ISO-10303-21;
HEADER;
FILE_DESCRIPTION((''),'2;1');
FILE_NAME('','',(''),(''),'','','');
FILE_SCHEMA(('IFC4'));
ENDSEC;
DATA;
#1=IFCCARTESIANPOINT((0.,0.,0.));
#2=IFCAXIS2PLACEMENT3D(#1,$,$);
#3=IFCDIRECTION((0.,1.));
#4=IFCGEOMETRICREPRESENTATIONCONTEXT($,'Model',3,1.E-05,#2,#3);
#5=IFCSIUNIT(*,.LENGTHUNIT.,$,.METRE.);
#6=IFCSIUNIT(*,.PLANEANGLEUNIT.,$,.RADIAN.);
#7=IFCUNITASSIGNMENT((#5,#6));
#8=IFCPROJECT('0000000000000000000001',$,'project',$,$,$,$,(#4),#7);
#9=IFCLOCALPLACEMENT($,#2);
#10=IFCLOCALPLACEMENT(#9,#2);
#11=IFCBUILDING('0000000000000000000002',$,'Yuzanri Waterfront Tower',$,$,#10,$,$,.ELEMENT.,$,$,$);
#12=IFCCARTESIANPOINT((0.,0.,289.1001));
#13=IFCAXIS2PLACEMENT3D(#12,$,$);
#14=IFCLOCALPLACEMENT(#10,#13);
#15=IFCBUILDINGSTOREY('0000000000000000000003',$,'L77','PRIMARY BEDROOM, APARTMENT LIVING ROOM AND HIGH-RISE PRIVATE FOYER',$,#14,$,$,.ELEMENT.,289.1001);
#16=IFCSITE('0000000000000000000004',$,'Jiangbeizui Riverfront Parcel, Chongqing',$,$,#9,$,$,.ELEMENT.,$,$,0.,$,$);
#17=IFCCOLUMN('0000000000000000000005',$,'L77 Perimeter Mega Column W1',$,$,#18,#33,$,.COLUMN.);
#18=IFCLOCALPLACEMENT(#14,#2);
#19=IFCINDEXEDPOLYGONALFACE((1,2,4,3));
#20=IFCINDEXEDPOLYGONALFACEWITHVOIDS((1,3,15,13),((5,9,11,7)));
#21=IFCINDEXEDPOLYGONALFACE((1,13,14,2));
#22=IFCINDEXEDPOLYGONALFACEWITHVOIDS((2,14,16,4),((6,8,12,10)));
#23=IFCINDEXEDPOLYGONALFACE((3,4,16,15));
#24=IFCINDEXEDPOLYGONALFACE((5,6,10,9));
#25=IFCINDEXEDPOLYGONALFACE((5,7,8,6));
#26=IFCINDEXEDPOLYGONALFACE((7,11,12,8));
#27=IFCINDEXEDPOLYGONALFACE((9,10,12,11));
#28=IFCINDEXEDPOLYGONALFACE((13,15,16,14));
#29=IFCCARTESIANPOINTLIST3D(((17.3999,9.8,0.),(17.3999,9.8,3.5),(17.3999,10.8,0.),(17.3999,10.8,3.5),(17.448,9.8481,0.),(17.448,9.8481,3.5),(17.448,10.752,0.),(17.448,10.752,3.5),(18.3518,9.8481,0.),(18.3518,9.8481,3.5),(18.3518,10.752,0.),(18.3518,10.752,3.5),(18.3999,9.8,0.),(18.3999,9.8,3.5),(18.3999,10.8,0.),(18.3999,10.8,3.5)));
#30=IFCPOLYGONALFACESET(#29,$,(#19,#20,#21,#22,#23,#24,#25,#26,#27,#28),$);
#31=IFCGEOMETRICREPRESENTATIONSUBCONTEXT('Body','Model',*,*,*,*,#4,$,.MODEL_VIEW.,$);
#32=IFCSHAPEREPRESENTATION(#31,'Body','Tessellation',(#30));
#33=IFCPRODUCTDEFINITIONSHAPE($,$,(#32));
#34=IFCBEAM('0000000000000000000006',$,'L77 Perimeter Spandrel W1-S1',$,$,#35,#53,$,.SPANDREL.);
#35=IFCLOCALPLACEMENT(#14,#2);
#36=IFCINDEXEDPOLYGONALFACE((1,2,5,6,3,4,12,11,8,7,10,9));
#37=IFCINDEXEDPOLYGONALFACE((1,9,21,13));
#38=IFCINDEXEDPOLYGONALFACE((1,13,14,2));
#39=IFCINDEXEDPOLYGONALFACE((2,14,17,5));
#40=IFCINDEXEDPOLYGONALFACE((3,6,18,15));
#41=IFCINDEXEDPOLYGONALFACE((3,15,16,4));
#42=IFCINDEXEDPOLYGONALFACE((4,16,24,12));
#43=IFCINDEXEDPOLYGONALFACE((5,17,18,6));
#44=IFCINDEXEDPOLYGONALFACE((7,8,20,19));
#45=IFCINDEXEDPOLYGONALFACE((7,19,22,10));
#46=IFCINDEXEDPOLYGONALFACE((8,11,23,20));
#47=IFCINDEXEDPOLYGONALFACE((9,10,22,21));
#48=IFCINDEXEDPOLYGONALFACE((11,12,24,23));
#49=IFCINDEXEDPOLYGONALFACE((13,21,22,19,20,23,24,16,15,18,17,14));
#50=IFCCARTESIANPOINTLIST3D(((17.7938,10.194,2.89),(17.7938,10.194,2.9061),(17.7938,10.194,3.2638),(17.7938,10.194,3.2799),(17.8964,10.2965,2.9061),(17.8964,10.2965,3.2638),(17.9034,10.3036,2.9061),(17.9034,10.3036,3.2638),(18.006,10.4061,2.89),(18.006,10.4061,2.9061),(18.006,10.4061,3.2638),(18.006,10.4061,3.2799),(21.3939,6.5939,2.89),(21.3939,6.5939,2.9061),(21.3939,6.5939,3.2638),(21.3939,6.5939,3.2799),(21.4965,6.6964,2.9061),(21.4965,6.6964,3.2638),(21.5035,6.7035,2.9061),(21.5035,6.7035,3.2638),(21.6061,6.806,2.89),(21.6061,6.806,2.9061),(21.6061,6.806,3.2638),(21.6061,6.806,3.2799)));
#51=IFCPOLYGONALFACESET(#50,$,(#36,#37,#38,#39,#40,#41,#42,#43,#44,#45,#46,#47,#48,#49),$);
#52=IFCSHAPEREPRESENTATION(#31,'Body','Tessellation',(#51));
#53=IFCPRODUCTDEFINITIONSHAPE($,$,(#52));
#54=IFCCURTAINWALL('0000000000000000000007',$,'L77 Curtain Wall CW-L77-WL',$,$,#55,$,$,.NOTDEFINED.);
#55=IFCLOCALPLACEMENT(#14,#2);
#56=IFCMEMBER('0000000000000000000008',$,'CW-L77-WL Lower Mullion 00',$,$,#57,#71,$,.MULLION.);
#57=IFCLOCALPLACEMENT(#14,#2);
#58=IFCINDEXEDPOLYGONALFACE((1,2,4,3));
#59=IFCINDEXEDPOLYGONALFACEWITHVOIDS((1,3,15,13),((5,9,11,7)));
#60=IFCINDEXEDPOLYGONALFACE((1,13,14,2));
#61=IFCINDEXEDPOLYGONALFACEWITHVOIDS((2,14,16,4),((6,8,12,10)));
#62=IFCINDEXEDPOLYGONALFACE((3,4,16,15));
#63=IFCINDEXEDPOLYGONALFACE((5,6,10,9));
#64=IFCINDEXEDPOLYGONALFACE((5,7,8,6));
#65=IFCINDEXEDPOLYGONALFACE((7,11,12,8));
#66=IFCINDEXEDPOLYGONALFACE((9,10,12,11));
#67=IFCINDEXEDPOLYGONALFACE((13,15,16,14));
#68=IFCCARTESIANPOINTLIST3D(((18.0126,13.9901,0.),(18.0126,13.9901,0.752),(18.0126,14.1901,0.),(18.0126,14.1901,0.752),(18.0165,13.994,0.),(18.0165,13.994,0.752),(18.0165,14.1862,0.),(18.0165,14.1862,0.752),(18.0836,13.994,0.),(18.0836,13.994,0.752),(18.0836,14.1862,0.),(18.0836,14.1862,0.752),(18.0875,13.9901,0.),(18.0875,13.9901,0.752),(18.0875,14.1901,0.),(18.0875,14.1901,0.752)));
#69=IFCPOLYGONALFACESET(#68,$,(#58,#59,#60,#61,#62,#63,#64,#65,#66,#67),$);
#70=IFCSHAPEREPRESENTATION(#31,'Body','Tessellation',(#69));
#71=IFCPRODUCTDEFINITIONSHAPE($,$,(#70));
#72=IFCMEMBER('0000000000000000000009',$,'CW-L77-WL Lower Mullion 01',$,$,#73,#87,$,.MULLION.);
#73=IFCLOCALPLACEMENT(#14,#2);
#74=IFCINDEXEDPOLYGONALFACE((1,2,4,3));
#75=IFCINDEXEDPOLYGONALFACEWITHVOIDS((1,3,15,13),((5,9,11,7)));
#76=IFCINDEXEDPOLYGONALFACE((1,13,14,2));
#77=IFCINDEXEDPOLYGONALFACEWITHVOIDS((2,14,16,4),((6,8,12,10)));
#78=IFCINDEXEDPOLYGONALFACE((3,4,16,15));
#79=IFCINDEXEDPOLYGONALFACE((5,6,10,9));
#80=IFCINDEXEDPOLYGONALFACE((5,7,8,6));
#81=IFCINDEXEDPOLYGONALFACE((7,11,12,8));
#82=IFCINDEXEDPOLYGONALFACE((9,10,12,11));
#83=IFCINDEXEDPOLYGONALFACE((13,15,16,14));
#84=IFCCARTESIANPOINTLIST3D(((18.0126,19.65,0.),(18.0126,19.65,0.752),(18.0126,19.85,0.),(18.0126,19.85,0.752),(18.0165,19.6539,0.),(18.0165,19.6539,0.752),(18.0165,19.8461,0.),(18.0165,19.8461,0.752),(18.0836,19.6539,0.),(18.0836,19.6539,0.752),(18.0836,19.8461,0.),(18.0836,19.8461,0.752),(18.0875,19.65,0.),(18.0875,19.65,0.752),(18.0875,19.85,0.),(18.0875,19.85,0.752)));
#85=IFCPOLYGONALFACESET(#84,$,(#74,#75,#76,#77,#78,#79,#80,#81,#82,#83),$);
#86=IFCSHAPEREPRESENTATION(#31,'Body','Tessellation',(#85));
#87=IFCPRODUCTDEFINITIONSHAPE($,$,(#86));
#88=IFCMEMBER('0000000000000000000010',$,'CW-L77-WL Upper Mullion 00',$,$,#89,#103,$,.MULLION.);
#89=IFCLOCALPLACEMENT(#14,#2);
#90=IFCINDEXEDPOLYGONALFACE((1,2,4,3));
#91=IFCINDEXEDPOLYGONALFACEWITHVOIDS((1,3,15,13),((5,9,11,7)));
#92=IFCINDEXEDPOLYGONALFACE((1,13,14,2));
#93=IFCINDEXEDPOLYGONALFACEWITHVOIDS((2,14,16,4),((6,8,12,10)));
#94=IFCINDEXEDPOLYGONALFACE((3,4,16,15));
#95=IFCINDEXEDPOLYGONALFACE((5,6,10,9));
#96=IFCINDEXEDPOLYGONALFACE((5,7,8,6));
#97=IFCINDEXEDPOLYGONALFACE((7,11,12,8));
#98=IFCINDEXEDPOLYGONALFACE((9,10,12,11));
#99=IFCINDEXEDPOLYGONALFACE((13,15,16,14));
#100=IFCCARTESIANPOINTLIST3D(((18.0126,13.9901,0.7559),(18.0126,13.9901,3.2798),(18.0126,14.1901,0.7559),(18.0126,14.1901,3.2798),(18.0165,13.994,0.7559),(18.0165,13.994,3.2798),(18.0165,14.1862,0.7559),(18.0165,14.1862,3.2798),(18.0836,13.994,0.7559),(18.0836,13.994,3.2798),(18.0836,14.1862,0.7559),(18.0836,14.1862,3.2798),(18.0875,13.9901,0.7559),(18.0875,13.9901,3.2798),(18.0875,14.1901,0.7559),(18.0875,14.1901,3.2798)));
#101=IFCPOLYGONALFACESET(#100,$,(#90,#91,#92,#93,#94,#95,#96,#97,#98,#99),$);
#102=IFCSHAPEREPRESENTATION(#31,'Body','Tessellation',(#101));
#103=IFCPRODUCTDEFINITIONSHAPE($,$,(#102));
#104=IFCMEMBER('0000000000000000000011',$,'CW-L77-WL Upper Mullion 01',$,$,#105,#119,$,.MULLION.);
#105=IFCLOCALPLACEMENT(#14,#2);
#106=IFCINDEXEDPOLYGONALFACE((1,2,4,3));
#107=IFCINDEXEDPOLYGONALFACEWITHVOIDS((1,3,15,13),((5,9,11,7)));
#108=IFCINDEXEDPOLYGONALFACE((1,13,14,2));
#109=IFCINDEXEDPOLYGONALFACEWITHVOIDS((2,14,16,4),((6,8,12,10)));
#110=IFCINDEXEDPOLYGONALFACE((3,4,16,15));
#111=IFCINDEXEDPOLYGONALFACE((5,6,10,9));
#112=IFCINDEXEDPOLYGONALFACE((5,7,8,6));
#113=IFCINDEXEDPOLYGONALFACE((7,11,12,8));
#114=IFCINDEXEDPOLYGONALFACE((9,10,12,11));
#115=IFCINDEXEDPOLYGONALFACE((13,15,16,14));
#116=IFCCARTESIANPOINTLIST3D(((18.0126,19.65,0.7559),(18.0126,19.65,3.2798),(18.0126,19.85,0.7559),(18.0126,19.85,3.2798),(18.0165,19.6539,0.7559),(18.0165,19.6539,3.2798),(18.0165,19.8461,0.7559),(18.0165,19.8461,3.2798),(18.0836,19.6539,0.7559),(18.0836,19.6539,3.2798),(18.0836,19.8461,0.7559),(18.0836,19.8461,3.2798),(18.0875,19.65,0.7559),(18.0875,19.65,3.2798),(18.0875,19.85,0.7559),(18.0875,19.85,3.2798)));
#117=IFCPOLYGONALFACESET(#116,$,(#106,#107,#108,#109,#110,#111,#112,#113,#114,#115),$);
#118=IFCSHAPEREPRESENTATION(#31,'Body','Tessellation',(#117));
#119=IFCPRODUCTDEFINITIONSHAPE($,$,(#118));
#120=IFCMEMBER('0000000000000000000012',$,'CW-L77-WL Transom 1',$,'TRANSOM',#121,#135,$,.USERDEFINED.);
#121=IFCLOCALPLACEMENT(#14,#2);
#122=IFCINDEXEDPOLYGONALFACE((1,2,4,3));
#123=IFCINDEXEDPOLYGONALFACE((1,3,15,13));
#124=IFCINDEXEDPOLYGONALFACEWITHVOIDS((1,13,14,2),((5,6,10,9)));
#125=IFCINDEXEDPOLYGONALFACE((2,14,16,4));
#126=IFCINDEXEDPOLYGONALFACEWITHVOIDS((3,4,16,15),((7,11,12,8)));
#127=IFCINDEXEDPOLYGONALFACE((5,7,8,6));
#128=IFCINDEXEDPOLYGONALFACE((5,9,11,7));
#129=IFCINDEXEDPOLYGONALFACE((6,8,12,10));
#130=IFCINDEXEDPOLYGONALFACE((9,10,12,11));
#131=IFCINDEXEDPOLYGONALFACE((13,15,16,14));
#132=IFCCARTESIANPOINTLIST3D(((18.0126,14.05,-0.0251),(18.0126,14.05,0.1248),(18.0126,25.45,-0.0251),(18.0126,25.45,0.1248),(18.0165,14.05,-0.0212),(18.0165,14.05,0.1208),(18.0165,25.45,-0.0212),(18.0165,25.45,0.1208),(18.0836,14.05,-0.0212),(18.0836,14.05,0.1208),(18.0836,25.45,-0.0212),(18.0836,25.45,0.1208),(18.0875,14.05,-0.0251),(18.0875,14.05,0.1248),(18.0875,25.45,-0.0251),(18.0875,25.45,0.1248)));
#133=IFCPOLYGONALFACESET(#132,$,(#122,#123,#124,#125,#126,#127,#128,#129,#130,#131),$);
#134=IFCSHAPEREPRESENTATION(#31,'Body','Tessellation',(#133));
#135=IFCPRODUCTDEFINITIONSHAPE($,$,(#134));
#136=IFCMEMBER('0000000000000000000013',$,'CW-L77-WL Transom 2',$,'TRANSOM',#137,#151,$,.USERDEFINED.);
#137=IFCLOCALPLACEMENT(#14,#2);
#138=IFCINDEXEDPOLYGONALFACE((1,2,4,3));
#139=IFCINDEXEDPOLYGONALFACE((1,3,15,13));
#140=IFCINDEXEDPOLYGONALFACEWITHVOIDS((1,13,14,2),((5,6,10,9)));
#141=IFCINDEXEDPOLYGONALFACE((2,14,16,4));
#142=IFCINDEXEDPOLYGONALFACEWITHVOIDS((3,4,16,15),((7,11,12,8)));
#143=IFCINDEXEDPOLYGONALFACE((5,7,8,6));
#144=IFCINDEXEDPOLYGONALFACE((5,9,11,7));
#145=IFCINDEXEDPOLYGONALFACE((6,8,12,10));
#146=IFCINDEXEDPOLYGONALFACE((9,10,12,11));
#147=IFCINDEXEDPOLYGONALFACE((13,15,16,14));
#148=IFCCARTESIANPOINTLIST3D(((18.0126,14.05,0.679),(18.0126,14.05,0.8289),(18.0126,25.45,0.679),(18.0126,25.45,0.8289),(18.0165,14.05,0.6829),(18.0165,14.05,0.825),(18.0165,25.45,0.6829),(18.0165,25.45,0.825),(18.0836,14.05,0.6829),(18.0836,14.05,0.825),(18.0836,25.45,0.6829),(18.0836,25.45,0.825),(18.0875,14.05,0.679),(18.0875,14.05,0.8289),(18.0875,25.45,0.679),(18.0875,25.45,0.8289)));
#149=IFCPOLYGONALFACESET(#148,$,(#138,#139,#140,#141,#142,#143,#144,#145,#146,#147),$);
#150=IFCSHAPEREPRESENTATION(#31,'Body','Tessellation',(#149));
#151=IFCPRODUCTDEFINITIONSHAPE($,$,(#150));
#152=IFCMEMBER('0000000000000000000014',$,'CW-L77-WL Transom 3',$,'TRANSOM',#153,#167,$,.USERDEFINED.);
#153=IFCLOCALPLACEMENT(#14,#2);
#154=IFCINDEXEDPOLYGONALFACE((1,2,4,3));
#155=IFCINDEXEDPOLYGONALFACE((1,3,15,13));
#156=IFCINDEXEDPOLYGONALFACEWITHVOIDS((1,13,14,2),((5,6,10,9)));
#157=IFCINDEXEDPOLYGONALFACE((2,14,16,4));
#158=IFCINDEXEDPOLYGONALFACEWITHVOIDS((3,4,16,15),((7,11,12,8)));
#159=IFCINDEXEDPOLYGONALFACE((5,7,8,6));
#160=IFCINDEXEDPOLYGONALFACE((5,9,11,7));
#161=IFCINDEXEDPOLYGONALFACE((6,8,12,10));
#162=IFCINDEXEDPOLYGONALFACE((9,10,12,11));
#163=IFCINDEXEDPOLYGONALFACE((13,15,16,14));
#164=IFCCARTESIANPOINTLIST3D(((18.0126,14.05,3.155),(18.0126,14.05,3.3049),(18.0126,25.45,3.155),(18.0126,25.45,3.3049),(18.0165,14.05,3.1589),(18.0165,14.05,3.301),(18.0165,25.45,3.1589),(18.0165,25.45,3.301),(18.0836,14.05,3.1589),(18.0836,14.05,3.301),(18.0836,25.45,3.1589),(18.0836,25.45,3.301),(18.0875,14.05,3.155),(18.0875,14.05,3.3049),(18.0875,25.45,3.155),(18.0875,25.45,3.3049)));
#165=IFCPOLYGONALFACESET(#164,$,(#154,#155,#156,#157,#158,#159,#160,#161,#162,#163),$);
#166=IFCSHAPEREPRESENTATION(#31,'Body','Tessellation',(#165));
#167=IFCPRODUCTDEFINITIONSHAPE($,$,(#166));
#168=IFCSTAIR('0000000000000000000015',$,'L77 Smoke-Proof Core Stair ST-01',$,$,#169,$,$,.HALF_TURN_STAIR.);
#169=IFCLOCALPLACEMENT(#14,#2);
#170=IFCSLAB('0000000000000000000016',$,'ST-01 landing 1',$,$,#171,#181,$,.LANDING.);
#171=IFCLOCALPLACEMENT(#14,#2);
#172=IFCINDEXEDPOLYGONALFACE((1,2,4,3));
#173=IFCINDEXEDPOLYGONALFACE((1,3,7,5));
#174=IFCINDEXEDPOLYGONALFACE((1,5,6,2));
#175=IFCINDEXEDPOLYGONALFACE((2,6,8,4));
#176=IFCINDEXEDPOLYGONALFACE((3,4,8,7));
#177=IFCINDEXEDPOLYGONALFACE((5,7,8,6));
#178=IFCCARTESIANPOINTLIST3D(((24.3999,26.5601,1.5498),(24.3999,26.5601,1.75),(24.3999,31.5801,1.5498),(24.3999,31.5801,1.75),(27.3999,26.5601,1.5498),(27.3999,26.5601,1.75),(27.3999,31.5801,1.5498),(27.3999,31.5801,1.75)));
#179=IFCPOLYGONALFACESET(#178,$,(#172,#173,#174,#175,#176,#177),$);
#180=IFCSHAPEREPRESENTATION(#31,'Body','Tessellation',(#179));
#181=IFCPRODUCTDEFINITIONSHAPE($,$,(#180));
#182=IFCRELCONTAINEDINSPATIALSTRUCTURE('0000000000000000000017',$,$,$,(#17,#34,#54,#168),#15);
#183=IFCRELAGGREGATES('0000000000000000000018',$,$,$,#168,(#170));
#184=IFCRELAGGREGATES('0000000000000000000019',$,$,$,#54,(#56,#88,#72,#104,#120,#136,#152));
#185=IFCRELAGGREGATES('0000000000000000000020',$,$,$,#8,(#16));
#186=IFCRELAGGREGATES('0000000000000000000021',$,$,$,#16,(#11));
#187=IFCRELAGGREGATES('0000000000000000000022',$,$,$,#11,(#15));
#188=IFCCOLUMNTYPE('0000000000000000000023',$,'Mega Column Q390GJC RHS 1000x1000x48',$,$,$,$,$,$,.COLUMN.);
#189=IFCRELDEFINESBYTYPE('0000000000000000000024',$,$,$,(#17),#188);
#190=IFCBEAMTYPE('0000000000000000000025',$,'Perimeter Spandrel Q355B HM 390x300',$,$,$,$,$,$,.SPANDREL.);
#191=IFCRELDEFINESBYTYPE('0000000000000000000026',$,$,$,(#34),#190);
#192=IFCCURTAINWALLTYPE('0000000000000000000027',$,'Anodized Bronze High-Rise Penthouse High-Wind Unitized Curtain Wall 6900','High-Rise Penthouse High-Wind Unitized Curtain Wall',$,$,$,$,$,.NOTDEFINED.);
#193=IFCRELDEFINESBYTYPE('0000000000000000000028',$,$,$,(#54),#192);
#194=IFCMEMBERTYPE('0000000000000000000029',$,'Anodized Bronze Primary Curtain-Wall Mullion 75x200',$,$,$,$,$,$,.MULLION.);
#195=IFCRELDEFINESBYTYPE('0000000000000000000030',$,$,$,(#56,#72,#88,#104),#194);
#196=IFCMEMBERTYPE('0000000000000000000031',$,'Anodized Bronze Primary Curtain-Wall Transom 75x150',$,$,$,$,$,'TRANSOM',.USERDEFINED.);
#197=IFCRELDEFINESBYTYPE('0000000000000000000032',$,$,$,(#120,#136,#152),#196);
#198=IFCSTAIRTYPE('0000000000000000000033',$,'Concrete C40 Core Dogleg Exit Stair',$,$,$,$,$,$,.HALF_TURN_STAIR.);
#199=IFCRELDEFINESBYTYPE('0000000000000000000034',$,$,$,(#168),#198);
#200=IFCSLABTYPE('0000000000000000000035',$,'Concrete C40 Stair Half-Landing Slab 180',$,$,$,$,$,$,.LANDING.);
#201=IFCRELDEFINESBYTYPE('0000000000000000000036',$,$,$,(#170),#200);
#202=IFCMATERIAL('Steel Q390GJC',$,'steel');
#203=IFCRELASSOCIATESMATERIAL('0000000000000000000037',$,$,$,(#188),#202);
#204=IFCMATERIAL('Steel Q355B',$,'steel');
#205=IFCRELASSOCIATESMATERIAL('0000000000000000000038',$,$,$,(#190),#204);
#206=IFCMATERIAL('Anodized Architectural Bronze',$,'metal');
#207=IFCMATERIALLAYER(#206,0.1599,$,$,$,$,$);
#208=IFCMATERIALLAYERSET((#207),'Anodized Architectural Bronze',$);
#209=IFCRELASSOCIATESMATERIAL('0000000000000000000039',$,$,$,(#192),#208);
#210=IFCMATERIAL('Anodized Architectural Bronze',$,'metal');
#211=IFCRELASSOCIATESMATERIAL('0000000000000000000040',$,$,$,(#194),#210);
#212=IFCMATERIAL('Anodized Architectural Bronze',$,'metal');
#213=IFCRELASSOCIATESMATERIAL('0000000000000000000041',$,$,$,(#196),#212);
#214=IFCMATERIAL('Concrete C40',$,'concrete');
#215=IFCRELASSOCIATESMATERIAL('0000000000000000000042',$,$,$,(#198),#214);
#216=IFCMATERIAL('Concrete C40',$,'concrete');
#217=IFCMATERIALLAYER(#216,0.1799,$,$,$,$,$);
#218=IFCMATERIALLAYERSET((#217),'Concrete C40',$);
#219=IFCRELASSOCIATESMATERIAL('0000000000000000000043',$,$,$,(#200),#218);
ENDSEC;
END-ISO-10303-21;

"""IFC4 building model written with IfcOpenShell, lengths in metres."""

from ifc_helpers import new_model, si_unit, direction, frame, origin, origin_2d, place, context, subcontext, project, spatial, polyline, hollow_rectangle, i_section, outline, extrude, source, transform, mapped, material, layer, layer_set, material_profile, profile_set, type_object, element, aggregate, save


model = new_model("IFC4")

# Units and contexts
model_context = context("Model", 3, precision=1e-05, world=origin(), true_north=direction((0.0, 1.0)))
body_context = subcontext(model_context, "Body", "Model", "MODEL_VIEW")
ifc_project = project(units=[si_unit("LENGTHUNIT", "METRE"), si_unit("PLANEANGLEUNIT", "RADIAN")], contexts=[model_context])

# Site, building, storey
site_placement = place(None, origin())
site = spatial("IfcSite", under=ifc_project, at=site_placement, Name="Jiangbeizui Riverfront Parcel, Chongqing", CompositionType="ELEMENT", RefElevation=0.0)
building_placement = place(site_placement, origin())
building = spatial("IfcBuilding", under=site, at=building_placement, Name="Yuzanri Waterfront Tower", CompositionType="ELEMENT")
storey_placement = place(building_placement, frame((0.0, 0.0, 289.1001)))
storey = spatial("IfcBuildingStorey", under=building, at=storey_placement, Name="L77", Description="PRIMARY BEDROOM, APARTMENT LIVING ROOM AND HIGH-RISE PRIVATE FOYER", CompositionType="ELEMENT", Elevation=289.1001)

# Column
ifc_material_1 = material(Name="Steel Q390GJC", Category="steel")
ifc_material_profile_1 = material_profile(ifc_material_1, hollow_rectangle(XDim=1.0, YDim=1.0, WallThickness=0.0481, at=origin_2d()), Name="RHS 1000x1000x48")
ifc_profile_set_1 = profile_set([ifc_material_profile_1], Name="Steel Q390GJC")
column_type = type_object("IfcColumnType", Name="Mega Column Q390GJC RHS 1000x1000x48", PredefinedType="COLUMN", material=ifc_profile_set_1)
shared_shape_1 = source(origin(), body_context, "Body", "SweptSolid", [
    extrude(hollow_rectangle(XDim=1.0, YDim=1.0, WallThickness=0.0481, at=origin_2d()), origin(), (0.0, 0.0, 1.0), 3.5),
])
column_placement = place(storey_placement, frame((17.8999, 10.3, 0.0), z_axis=(0.0, 0.0, 1.0), x_axis=(1.0, 0.0, 0.0)))
element("IfcColumn", 1, at=column_placement, inside=storey, type_object=column_type, Name="L77 Perimeter Mega Column W1", PredefinedType="COLUMN", context=body_context, shape_type="MappedRepresentation", body=[
    mapped(shared_shape_1, transform((0.0, 0.0, 0.0), scale=1.0)),
])

# Beam
ifc_material_2 = material(Name="Steel Q355B", Category="steel")
ifc_material_profile_2 = material_profile(ifc_material_2, i_section(OverallWidth=0.3, OverallDepth=0.3899, WebThickness=0.01, FlangeThickness=0.0161, at=origin_2d()), Name="HM 390x300x10x16")
ifc_profile_set_2 = profile_set([ifc_material_profile_2], Name="Steel Q355B")
beam_type = type_object("IfcBeamType", Name="Perimeter Spandrel Q355B HM 390x300", PredefinedType="SPANDREL", material=ifc_profile_set_2)
shared_shape_2 = source(origin(), body_context, "Body", "SweptSolid", [
    extrude(i_section(OverallWidth=0.3, OverallDepth=0.3899, WebThickness=0.01, FlangeThickness=0.0161, at=origin_2d()), origin(), (0.0, 0.0, 1.0), 5.0913),
])
beam_placement = place(storey_placement, frame((17.8999, 10.3, 3.085), z_axis=(0.707107, -0.707107, 0.0), x_axis=(0.707107, 0.707107, 0.0)))
element("IfcBeam", 2, at=beam_placement, inside=storey, type_object=beam_type, Name="L77 Perimeter Spandrel W1-S1", PredefinedType="SPANDREL", context=body_context, shape_type="MappedRepresentation", body=[
    mapped(shared_shape_2, transform((0.0, 0.0, 0.0), scale=1.0)),
])

# Curtain wall, members
ifc_material_3 = material(Name="Anodized Architectural Bronze", Category="metal")
ifc_layer_1 = layer(ifc_material_3, 0.1599)
ifc_layer_set_1 = layer_set([ifc_layer_1], Name="Anodized Architectural Bronze")
curtain_wall_type = type_object("IfcCurtainWallType", Name="Anodized Bronze High-Rise Penthouse High-Wind Unitized Curtain Wall 6900", Description="High-Rise Penthouse High-Wind Unitized Curtain Wall", PredefinedType="NOTDEFINED", material=ifc_layer_set_1)
curtain_wall_placement = place(storey_placement, origin())
curtain_wall = element("IfcCurtainWall", 3, at=curtain_wall_placement, inside=storey, type_object=curtain_wall_type, Name="L77 Curtain Wall CW-L77-WL", PredefinedType="NOTDEFINED")
ifc_material_4 = material(Name="Anodized Architectural Bronze", Category="metal")
ifc_material_profile_3 = material_profile(ifc_material_4, hollow_rectangle(XDim=0.075, YDim=0.2, WallThickness=0.0039, at=origin_2d()), Name="CWM 75x200")
ifc_profile_set_3 = profile_set([ifc_material_profile_3], Name="Anodized Architectural Bronze")
member_type_1 = type_object("IfcMemberType", Name="Anodized Bronze Primary Curtain-Wall Mullion 75x200", PredefinedType="MULLION", material=ifc_profile_set_3)
shared_shape_3 = source(origin(), body_context, "Body", "SweptSolid", [
    extrude(hollow_rectangle(XDim=0.075, YDim=0.2, WallThickness=0.0039, at=origin_2d()), origin(), (0.0, 0.0, 1.0), 0.752),
])
member_1_placement = place(storey_placement, frame((18.05, 14.0901, 0.0), z_axis=(0.0, 0.0, 1.0), x_axis=(1.0, 0.0, 0.0)))
member_1 = element("IfcMember", 4, at=member_1_placement, type_object=member_type_1, Name="CW-L77-WL Lower Mullion 00", PredefinedType="MULLION", context=body_context, shape_type="MappedRepresentation", body=[
    mapped(shared_shape_3, transform((0.0, 0.0, 0.0), scale=1.0)),
])
member_2_placement = place(storey_placement, frame((18.05, 19.75, 0.0), z_axis=(0.0, 0.0, 1.0), x_axis=(1.0, 0.0, 0.0)))
member_2 = element("IfcMember", 5, at=member_2_placement, type_object=member_type_1, Name="CW-L77-WL Lower Mullion 01", PredefinedType="MULLION", context=body_context, shape_type="MappedRepresentation", body=[
    mapped(shared_shape_3, transform((0.0, 0.0, 0.0), scale=1.0)),
])
shared_shape_4 = source(origin(), body_context, "Body", "SweptSolid", [
    extrude(hollow_rectangle(XDim=0.075, YDim=0.2, WallThickness=0.0039, at=origin_2d()), origin(), (0.0, 0.0, 1.0), 2.5239),
])
member_3_placement = place(storey_placement, frame((18.05, 14.0901, 0.7559), z_axis=(0.0, 0.0, 1.0), x_axis=(1.0, 0.0, 0.0)))
member_3 = element("IfcMember", 6, at=member_3_placement, type_object=member_type_1, Name="CW-L77-WL Upper Mullion 00", PredefinedType="MULLION", context=body_context, shape_type="MappedRepresentation", body=[
    mapped(shared_shape_4, transform((0.0, 0.0, 0.0), scale=1.0)),
])
member_4_placement = place(storey_placement, frame((18.05, 19.75, 0.7559), z_axis=(0.0, 0.0, 1.0), x_axis=(1.0, 0.0, 0.0)))
member_4 = element("IfcMember", 7, at=member_4_placement, type_object=member_type_1, Name="CW-L77-WL Upper Mullion 01", PredefinedType="MULLION", context=body_context, shape_type="MappedRepresentation", body=[
    mapped(shared_shape_4, transform((0.0, 0.0, 0.0), scale=1.0)),
])
ifc_material_5 = material(Name="Anodized Architectural Bronze", Category="metal")
ifc_material_profile_4 = material_profile(ifc_material_5, hollow_rectangle(XDim=0.075, YDim=0.1499, WallThickness=0.0039, at=origin_2d()), Name="CWT 75x150")
ifc_profile_set_4 = profile_set([ifc_material_profile_4], Name="Anodized Architectural Bronze")
member_type_2 = type_object("IfcMemberType", Name="Anodized Bronze Primary Curtain-Wall Transom 75x150", ElementType="TRANSOM", PredefinedType="USERDEFINED", material=ifc_profile_set_4)
shared_shape_5 = source(origin(), body_context, "Body", "SweptSolid", [
    extrude(hollow_rectangle(XDim=0.075, YDim=0.1499, WallThickness=0.0039, at=origin_2d()), origin(), (0.0, 0.0, 1.0), 11.3999),
])
member_5_placement = place(storey_placement, frame((18.05, 14.05, 0.0498), z_axis=(0.0, 1.0, 0.0), x_axis=(-1.0, 0.0, 0.0)))
member_5 = element("IfcMember", 8, at=member_5_placement, type_object=member_type_2, Name="CW-L77-WL Transom 1", ObjectType="TRANSOM", PredefinedType="USERDEFINED", context=body_context, shape_type="MappedRepresentation", body=[
    mapped(shared_shape_5, transform((0.0, 0.0, 0.0), scale=1.0)),
])
member_6_placement = place(storey_placement, frame((18.05, 14.05, 0.7539), z_axis=(0.0, 1.0, 0.0), x_axis=(-1.0, 0.0, 0.0)))
member_6 = element("IfcMember", 9, at=member_6_placement, type_object=member_type_2, Name="CW-L77-WL Transom 2", ObjectType="TRANSOM", PredefinedType="USERDEFINED", context=body_context, shape_type="MappedRepresentation", body=[
    mapped(shared_shape_5, transform((0.0, 0.0, 0.0), scale=1.0)),
])
member_7_placement = place(storey_placement, frame((18.05, 14.05, 3.23), z_axis=(0.0, 1.0, 0.0), x_axis=(-1.0, 0.0, 0.0)))
member_7 = element("IfcMember", 10, at=member_7_placement, type_object=member_type_2, Name="CW-L77-WL Transom 3", ObjectType="TRANSOM", PredefinedType="USERDEFINED", context=body_context, shape_type="MappedRepresentation", body=[
    mapped(shared_shape_5, transform((0.0, 0.0, 0.0), scale=1.0)),
])

# Stair, slab
ifc_material_6 = material(Name="Concrete C40", Category="concrete")
stair_type = type_object("IfcStairType", Name="Concrete C40 Core Dogleg Exit Stair", PredefinedType="HALF_TURN_STAIR", material=ifc_material_6)
stair_1_placement = place(storey_placement, origin())
stair_1 = element("IfcStair", 11, at=stair_1_placement, inside=storey, type_object=stair_type, Name="L77 Smoke-Proof Core Stair ST-01", PredefinedType="HALF_TURN_STAIR")
ifc_material_7 = material(Name="Concrete C40", Category="concrete")
ifc_layer_2 = layer(ifc_material_7, 0.1799)
ifc_layer_set_2 = layer_set([ifc_layer_2], Name="Concrete C40")
slab_type_1 = type_object("IfcSlabType", Name="Concrete C40 Stair Half-Landing Slab 180", PredefinedType="LANDING", material=ifc_layer_set_2)
slab_1_placement = place(storey_placement, frame((0.0, 0.0, 1.5498)))
slab_1 = element("IfcSlab", 12, at=slab_1_placement, type_object=slab_type_1, Name="ST-01 landing 1", PredefinedType="LANDING", context=body_context, shape_type="SweptSolid", body=[
    extrude(outline(polyline([(27.3999, 26.5601), (27.3999, 31.5801), (24.3999, 31.5801), (24.3999, 26.5601), (27.3999, 26.5601)])), origin(), (0.0, 0.0, 1.0), 0.2002),
])
aggregate(stair_1, [slab_1])

aggregate(curtain_wall, [member_1, member_3, member_2, member_4, member_5, member_6, member_7])

save(model, "model.ifc")
